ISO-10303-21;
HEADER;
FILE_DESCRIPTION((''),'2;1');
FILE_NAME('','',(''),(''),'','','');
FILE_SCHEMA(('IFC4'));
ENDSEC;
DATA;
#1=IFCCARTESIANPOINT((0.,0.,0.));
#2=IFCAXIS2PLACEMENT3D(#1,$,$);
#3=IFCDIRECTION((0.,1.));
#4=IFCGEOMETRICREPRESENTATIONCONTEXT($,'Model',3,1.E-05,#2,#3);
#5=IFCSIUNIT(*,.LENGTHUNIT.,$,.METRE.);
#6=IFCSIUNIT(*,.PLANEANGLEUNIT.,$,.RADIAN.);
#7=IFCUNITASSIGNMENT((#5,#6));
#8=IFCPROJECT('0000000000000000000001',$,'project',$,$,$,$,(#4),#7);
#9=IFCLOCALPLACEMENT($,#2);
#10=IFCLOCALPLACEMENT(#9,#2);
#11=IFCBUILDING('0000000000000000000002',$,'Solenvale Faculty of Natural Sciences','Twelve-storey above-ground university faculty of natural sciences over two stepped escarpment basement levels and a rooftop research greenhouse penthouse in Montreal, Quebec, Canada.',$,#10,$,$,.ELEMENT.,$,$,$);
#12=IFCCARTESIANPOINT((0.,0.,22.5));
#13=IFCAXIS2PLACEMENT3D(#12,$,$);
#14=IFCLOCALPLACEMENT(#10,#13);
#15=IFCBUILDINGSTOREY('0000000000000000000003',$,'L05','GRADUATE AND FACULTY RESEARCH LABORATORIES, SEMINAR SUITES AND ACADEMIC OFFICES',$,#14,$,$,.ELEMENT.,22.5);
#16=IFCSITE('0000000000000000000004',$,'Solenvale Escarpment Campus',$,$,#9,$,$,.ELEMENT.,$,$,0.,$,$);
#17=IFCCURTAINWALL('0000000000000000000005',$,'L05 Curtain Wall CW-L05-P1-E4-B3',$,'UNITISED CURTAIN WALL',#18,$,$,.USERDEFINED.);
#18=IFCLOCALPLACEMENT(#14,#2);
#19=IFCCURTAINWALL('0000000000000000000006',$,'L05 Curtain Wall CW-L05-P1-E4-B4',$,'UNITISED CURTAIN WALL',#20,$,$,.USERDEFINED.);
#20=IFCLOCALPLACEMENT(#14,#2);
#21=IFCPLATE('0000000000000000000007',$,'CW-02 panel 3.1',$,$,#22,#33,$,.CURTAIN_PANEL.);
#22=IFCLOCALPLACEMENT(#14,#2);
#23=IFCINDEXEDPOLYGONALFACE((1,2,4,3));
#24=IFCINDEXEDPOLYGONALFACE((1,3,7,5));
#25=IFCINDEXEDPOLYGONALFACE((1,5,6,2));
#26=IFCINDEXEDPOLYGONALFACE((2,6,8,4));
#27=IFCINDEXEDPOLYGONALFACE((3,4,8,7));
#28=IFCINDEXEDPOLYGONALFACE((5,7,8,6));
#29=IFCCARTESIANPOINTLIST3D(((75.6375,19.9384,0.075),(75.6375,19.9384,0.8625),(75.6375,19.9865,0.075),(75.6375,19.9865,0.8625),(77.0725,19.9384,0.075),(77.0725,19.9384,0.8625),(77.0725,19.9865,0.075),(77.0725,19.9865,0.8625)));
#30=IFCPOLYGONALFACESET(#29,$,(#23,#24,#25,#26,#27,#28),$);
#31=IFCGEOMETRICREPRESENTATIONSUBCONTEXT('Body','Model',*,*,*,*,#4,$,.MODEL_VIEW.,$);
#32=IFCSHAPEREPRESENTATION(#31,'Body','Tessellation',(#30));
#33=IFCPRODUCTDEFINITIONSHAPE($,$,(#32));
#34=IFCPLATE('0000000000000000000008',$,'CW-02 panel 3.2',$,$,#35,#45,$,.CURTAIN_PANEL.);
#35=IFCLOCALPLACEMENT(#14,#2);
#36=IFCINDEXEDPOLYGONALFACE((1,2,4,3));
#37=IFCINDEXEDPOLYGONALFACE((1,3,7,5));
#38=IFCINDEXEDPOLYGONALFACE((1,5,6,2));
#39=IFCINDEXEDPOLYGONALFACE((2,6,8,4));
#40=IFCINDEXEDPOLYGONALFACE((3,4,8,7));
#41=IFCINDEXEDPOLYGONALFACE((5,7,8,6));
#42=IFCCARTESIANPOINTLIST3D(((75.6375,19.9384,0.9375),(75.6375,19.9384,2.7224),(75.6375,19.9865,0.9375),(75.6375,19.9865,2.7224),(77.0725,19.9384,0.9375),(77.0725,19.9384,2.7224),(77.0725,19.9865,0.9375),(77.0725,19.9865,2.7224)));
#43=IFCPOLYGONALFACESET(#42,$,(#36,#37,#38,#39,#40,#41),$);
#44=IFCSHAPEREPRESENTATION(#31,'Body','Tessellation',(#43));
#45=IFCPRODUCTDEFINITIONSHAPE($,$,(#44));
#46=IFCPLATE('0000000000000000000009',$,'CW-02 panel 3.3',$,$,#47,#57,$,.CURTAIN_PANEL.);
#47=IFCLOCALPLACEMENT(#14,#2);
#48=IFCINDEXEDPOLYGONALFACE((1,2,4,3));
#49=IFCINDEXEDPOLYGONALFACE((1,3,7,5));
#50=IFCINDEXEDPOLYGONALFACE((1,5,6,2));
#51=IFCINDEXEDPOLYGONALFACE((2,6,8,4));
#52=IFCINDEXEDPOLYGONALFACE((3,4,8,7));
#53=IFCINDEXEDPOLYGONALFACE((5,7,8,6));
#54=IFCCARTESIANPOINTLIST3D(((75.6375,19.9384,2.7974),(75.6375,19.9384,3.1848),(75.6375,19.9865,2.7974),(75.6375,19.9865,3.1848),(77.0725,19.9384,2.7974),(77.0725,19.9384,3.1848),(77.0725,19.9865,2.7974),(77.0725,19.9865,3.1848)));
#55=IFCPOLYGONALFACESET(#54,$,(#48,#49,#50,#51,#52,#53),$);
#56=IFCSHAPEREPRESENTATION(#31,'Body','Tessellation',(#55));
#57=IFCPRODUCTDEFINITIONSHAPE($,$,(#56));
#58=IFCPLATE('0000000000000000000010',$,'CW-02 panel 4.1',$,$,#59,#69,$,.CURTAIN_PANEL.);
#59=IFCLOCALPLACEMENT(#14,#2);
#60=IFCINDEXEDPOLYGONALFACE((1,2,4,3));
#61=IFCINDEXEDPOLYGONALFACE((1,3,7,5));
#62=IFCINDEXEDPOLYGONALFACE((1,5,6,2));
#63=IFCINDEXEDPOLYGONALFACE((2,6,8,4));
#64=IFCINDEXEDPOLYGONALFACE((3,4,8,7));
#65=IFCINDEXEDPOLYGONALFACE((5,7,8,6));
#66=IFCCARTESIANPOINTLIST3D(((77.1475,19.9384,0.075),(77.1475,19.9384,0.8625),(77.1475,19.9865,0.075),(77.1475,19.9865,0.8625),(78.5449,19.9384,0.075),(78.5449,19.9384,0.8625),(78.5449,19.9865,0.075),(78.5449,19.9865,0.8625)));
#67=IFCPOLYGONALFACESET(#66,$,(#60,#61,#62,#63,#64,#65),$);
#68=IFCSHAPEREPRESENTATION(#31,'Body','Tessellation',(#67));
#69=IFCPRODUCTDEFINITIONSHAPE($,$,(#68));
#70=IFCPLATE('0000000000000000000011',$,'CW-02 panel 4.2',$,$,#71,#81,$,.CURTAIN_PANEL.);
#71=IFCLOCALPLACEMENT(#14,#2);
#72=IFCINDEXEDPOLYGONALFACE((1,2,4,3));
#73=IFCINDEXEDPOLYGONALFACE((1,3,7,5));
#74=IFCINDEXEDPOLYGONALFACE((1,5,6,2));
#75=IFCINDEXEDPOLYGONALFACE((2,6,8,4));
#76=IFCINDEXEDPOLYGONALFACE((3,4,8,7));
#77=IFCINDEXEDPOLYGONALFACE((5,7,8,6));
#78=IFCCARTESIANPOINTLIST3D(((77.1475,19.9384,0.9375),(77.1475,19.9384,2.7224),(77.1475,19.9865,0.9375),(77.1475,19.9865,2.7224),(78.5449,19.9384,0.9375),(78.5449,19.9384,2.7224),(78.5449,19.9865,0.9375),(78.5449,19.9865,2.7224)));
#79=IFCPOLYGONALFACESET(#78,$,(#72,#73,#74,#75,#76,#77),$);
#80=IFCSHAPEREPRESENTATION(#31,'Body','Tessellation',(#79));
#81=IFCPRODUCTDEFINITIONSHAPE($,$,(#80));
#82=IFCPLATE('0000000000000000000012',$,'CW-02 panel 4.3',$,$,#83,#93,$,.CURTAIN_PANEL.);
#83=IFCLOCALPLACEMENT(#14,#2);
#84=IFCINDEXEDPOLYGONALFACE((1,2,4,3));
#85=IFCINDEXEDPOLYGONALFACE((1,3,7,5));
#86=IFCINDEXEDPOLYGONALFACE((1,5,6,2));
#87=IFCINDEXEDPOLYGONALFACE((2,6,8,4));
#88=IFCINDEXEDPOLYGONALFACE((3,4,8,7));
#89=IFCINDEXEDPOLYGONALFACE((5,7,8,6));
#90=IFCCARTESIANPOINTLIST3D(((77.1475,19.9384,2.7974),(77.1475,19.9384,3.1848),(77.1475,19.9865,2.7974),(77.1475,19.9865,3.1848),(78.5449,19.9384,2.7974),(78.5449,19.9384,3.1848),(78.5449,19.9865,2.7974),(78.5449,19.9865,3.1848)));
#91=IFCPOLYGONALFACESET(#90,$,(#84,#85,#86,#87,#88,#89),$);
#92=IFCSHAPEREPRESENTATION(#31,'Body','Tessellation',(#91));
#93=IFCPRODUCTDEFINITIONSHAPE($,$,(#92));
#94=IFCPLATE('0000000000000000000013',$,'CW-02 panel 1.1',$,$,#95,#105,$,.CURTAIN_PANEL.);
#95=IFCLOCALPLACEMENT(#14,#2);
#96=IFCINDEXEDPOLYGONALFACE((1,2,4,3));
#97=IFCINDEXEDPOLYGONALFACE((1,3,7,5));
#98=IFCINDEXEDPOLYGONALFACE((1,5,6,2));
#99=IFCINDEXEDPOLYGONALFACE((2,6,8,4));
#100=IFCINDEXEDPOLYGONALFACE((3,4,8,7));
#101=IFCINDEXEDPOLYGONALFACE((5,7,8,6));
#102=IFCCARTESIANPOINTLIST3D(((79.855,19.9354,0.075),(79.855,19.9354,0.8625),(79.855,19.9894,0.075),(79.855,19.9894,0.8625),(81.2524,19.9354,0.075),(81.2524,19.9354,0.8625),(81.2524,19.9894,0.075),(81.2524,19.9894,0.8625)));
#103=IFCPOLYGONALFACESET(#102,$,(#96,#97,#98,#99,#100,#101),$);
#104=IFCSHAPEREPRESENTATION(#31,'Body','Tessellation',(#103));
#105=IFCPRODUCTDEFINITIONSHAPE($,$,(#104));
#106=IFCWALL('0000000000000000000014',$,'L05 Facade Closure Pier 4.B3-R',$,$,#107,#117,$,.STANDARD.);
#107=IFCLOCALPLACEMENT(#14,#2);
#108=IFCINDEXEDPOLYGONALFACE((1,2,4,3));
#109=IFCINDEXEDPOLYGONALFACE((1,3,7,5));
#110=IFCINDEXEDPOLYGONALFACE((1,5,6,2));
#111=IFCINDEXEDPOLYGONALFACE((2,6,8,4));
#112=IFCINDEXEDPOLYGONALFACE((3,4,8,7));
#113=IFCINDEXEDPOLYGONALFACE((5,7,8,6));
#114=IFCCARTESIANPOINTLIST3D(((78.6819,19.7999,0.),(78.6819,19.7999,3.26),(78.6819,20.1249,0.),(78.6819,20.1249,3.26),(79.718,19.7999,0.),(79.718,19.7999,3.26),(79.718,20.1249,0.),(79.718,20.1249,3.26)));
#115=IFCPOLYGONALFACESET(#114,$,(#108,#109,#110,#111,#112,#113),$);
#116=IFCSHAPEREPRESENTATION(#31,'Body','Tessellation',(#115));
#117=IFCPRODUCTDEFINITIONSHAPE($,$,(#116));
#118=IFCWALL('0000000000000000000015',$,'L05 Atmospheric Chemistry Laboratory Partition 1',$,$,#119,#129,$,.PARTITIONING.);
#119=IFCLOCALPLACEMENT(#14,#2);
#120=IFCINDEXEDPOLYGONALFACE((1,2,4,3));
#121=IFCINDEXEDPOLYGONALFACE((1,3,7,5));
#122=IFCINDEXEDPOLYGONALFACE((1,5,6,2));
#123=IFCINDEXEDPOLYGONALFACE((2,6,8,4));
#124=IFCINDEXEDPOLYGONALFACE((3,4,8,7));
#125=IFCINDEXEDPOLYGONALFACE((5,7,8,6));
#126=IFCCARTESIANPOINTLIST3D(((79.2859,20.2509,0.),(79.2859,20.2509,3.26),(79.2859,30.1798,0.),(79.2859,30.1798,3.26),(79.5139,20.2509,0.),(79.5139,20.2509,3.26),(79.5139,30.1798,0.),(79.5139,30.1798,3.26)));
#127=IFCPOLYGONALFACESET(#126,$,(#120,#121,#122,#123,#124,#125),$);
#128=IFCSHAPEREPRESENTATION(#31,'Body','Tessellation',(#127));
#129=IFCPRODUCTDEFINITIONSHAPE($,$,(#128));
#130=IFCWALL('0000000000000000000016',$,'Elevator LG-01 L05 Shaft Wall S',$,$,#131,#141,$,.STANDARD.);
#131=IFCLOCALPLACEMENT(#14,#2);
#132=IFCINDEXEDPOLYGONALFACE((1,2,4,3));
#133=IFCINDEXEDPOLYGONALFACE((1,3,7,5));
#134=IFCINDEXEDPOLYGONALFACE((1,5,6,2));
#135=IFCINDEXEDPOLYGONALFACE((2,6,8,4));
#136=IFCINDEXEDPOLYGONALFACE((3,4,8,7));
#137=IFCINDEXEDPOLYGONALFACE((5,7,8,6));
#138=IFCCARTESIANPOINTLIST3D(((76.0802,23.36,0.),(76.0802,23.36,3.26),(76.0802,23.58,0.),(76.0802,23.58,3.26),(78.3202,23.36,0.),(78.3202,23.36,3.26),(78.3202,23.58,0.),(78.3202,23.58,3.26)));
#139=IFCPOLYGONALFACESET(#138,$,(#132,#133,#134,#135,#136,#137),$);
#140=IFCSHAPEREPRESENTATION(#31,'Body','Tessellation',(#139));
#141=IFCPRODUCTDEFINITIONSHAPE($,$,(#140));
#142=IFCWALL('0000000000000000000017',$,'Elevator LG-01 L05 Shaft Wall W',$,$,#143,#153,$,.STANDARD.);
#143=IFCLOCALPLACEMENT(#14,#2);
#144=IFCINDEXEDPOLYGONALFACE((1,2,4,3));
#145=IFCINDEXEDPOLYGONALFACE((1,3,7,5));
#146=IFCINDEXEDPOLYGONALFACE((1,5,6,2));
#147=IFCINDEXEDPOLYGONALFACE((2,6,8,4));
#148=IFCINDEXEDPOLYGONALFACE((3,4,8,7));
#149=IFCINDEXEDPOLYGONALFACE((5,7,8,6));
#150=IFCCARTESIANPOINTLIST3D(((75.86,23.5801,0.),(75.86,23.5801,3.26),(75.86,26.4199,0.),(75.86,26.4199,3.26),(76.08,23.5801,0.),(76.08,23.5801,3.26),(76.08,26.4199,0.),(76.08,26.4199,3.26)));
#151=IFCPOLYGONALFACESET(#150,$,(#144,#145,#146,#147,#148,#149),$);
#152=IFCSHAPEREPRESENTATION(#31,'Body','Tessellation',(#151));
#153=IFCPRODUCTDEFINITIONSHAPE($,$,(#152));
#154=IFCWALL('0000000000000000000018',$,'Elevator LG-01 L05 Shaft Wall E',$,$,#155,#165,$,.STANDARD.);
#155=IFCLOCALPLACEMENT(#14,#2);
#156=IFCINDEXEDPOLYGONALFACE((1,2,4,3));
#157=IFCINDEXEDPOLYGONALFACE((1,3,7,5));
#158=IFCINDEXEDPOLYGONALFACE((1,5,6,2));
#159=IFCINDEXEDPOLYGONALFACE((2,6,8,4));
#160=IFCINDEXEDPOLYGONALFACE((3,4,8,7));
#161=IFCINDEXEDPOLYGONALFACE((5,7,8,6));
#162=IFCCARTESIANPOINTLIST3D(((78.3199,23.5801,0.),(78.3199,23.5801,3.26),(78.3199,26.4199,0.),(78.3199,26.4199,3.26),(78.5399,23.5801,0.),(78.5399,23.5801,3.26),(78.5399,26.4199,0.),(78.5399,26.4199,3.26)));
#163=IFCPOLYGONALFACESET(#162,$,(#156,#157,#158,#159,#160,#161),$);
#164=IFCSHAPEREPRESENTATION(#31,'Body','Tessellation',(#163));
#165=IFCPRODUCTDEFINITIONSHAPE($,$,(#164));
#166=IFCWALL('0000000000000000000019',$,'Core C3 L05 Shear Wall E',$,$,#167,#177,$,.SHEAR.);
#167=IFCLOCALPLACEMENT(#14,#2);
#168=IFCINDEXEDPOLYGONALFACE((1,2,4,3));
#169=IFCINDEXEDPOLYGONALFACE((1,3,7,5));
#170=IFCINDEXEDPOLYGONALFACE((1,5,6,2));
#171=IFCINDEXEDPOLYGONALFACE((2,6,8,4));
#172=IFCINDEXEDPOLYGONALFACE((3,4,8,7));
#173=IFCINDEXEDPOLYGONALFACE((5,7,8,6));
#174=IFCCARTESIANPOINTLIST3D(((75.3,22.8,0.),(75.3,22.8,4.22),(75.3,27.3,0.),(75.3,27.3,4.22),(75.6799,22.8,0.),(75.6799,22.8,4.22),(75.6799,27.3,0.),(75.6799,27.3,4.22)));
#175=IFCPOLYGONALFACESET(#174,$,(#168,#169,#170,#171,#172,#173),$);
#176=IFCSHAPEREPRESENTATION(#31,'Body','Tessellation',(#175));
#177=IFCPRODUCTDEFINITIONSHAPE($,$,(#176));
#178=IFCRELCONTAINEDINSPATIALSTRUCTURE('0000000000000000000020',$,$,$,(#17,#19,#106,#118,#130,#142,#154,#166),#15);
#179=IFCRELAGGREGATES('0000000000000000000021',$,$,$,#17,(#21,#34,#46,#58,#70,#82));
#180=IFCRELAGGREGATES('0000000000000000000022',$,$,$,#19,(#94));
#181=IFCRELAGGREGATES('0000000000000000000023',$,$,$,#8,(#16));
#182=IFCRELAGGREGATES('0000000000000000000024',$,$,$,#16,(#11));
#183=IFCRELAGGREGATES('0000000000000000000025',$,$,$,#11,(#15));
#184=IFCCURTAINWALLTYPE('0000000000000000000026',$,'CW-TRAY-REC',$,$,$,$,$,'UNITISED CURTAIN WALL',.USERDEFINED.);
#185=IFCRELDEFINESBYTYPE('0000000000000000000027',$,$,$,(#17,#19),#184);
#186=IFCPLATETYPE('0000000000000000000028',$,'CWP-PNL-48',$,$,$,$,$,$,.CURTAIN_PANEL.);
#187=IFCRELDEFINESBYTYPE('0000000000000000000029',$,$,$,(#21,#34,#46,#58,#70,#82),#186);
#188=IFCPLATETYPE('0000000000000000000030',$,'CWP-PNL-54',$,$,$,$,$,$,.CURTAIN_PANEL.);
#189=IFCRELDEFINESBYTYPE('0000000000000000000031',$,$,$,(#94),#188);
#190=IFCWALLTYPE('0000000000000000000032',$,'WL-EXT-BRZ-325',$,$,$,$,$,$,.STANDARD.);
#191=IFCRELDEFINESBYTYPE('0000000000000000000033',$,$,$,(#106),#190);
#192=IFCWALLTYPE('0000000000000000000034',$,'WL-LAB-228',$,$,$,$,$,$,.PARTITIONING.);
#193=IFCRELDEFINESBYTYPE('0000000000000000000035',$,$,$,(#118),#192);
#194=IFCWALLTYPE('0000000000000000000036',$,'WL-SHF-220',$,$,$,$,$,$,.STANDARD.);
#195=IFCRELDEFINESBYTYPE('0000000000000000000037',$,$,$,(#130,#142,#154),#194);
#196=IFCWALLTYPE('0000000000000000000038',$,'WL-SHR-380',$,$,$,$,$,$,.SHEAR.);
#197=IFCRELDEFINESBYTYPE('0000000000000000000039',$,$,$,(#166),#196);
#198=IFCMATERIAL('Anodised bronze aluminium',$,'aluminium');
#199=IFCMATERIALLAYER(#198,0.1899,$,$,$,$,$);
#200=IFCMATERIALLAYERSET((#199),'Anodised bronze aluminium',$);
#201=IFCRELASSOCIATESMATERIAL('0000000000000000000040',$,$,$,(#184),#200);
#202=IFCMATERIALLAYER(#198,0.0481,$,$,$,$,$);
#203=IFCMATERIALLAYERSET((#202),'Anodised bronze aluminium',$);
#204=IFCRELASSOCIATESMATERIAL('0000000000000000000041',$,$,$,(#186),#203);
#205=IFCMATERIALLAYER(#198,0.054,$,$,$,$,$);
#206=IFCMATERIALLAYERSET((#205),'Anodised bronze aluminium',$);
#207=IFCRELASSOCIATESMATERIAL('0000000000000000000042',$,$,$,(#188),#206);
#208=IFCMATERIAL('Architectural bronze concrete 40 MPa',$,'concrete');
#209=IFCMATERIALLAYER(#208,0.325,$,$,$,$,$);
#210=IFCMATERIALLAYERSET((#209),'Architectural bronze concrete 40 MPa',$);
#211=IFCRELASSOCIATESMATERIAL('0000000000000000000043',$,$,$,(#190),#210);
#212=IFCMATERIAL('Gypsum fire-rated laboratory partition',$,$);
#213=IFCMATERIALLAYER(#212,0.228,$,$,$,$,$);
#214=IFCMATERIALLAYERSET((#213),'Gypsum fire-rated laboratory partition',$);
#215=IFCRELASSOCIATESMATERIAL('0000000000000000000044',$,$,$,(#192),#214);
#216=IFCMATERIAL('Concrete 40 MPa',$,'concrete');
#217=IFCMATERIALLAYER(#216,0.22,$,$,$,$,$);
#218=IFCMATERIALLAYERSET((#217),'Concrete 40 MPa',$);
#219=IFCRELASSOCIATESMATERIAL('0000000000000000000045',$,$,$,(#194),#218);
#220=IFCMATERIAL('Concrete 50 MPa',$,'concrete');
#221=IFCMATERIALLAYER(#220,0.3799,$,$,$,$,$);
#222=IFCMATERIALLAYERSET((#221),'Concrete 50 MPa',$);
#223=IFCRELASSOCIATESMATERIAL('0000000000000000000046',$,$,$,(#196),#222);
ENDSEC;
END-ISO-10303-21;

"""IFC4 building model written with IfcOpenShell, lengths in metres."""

from ifc_helpers import new_model, si_unit, direction, frame, frame_2d, origin, origin_2d, place, context, subcontext, project, spatial, rectangle, extrude, material, layer, layer_set, type_object, element, aggregate, save


model = new_model("IFC4")

# Units and contexts
model_context = context("Model", 3, precision=1e-05, world=origin(), true_north=direction((0.0, 1.0)))
body_context = subcontext(model_context, "Body", "Model", "MODEL_VIEW")
ifc_project = project(units=[si_unit("LENGTHUNIT", "METRE"), si_unit("PLANEANGLEUNIT", "RADIAN")], contexts=[model_context])

# Site, building, storey
site_placement = place(None, origin())
site = spatial("IfcSite", under=ifc_project, at=site_placement, Name="Solenvale Escarpment Campus", CompositionType="ELEMENT", RefElevation=0.0)
building_placement = place(site_placement, origin())
building = spatial("IfcBuilding", under=site, at=building_placement, Name="Solenvale Faculty of Natural Sciences", Description="Twelve-storey above-ground university faculty of natural sciences over two stepped escarpment basement levels and a rooftop research greenhouse penthouse in Montreal, Quebec, Canada.", CompositionType="ELEMENT")
storey_placement = place(building_placement, frame((0.0, 0.0, 22.5)))
storey = spatial("IfcBuildingStorey", under=building, at=storey_placement, Name="L05", Description="GRADUATE AND FACULTY RESEARCH LABORATORIES, SEMINAR SUITES AND ACADEMIC OFFICES", CompositionType="ELEMENT", Elevation=22.5)

# Shared definitions
ifc_material_1 = material(Name="Concrete 40 MPa", Category="concrete")

# Shared definitions
ifc_material_2 = material(Name="Architectural bronze concrete 40 MPa", Category="concrete")

# Curtain wall
ifc_material_3 = material(Name="Anodised bronze aluminium", Category="aluminium")
ifc_layer_1 = layer(ifc_material_3, 0.1899)
ifc_layer_set_1 = layer_set([ifc_layer_1], Name="Anodised bronze aluminium")
curtain_wall_type = type_object("IfcCurtainWallType", Name="CW-TRAY-REC", ElementType="UNITISED CURTAIN WALL", PredefinedType="USERDEFINED", material=ifc_layer_set_1)
curtain_wall_1_placement = place(storey_placement, origin())
curtain_wall_1 = element("IfcCurtainWall", 1, at=curtain_wall_1_placement, inside=storey, type_object=curtain_wall_type, Name="L05 Curtain Wall CW-L05-P1-E4-B3", ObjectType="UNITISED CURTAIN WALL", PredefinedType="USERDEFINED")

# Curtain wall
curtain_wall_2_placement = place(storey_placement, origin())
curtain_wall_2 = element("IfcCurtainWall", 2, at=curtain_wall_2_placement, inside=storey, type_object=curtain_wall_type, Name="L05 Curtain Wall CW-L05-P1-E4-B4", ObjectType="UNITISED CURTAIN WALL", PredefinedType="USERDEFINED")

# Plates
ifc_layer_2 = layer(ifc_material_3, 0.0481)
ifc_layer_set_2 = layer_set([ifc_layer_2], Name="Anodised bronze aluminium")
plate_type_1 = type_object("IfcPlateType", Name="CWP-PNL-48", PredefinedType="CURTAIN_PANEL", material=ifc_layer_set_2)
plate_1_placement = place(storey_placement, frame((76.355, 19.9624, 0.075), z_axis=(0.0, 0.0, 1.0), x_axis=(1.0, 0.0, 0.0)))
plate_1 = element("IfcPlate", 3, at=plate_1_placement, type_object=plate_type_1, Name="CW-02 panel 3.1", PredefinedType="CURTAIN_PANEL", context=body_context, shape_type="SweptSolid", body=[
    extrude(rectangle(XDim=1.4351, YDim=0.0481, at=origin_2d()), origin(), (0.0, 0.0, 1.0), 0.7876),
])
plate_2_placement = place(storey_placement, frame((76.355, 19.9624, 0.9375), z_axis=(0.0, 0.0, 1.0), x_axis=(1.0, 0.0, 0.0)))
plate_2 = element("IfcPlate", 4, at=plate_2_placement, type_object=plate_type_1, Name="CW-02 panel 3.2", PredefinedType="CURTAIN_PANEL", context=body_context, shape_type="SweptSolid", body=[
    extrude(rectangle(XDim=1.4351, YDim=0.0481, at=origin_2d()), origin(), (0.0, 0.0, 1.0), 1.7849),
])
plate_3_placement = place(storey_placement, frame((76.355, 19.9624, 2.7974), z_axis=(0.0, 0.0, 1.0), x_axis=(1.0, 0.0, 0.0)))
plate_3 = element("IfcPlate", 5, at=plate_3_placement, type_object=plate_type_1, Name="CW-02 panel 3.3", PredefinedType="CURTAIN_PANEL", context=body_context, shape_type="SweptSolid", body=[
    extrude(rectangle(XDim=1.4351, YDim=0.0481, at=origin_2d()), origin(), (0.0, 0.0, 1.0), 0.3875),
])
plate_4_placement = place(storey_placement, frame((77.8462, 19.9624, 0.075), z_axis=(0.0, 0.0, 1.0), x_axis=(1.0, 0.0, 0.0)))
plate_4 = element("IfcPlate", 6, at=plate_4_placement, type_object=plate_type_1, Name="CW-02 panel 4.1", PredefinedType="CURTAIN_PANEL", context=body_context, shape_type="SweptSolid", body=[
    extrude(rectangle(XDim=1.3975, YDim=0.0481, at=origin_2d()), origin(), (0.0, 0.0, 1.0), 0.7876),
])
plate_5_placement = place(storey_placement, frame((77.8462, 19.9624, 0.9375), z_axis=(0.0, 0.0, 1.0), x_axis=(1.0, 0.0, 0.0)))
plate_5 = element("IfcPlate", 7, at=plate_5_placement, type_object=plate_type_1, Name="CW-02 panel 4.2", PredefinedType="CURTAIN_PANEL", context=body_context, shape_type="SweptSolid", body=[
    extrude(rectangle(XDim=1.3975, YDim=0.0481, at=origin_2d()), origin(), (0.0, 0.0, 1.0), 1.7849),
])
plate_6_placement = place(storey_placement, frame((77.8462, 19.9624, 2.7974), z_axis=(0.0, 0.0, 1.0), x_axis=(1.0, 0.0, 0.0)))
plate_6 = element("IfcPlate", 8, at=plate_6_placement, type_object=plate_type_1, Name="CW-02 panel 4.3", PredefinedType="CURTAIN_PANEL", context=body_context, shape_type="SweptSolid", body=[
    extrude(rectangle(XDim=1.3975, YDim=0.0481, at=origin_2d()), origin(), (0.0, 0.0, 1.0), 0.3875),
])
aggregate(curtain_wall_1, [plate_1, plate_2, plate_3, plate_4, plate_5, plate_6])
ifc_layer_3 = layer(ifc_material_3, 0.054)
ifc_layer_set_3 = layer_set([ifc_layer_3], Name="Anodised bronze aluminium")
plate_type_2 = type_object("IfcPlateType", Name="CWP-PNL-54", PredefinedType="CURTAIN_PANEL", material=ifc_layer_set_3)
plate_7_placement = place(storey_placement, frame((80.5537, 19.9624, 0.075), z_axis=(0.0, 0.0, 1.0), x_axis=(1.0, 0.0, 0.0)))
plate_7 = element("IfcPlate", 9, at=plate_7_placement, type_object=plate_type_2, Name="CW-02 panel 1.1", PredefinedType="CURTAIN_PANEL", context=body_context, shape_type="SweptSolid", body=[
    extrude(rectangle(XDim=1.3975, YDim=0.054, at=origin_2d()), origin(), (0.0, 0.0, 1.0), 0.7876),
])
aggregate(curtain_wall_2, [plate_7])

# Walls
ifc_layer_4 = layer(ifc_material_2, 0.325)
ifc_layer_set_4 = layer_set([ifc_layer_4], Name="Architectural bronze concrete 40 MPa")
wall_type_1 = type_object("IfcWallType", Name="WL-EXT-BRZ-325", PredefinedType="STANDARD", material=ifc_layer_set_4)
wall_1_placement = place(storey_placement, frame((78.6819, 19.9624, 0.0), z_axis=(0.0, 0.0, 1.0), x_axis=(1.0, 0.0, 0.0)))
element("IfcWall", 10, at=wall_1_placement, inside=storey, type_object=wall_type_1, Name="L05 Facade Closure Pier 4.B3-R", PredefinedType="STANDARD", context=body_context, shape_type="SweptSolid", body=[
    extrude(rectangle(XDim=1.0361, YDim=0.325, at=frame_2d((0.5181, 0.0))), origin(), (0.0, 0.0, 1.0), 3.26),
])
ifc_material_4 = material(Name="Gypsum fire-rated laboratory partition")
ifc_layer_5 = layer(ifc_material_4, 0.228)
ifc_layer_set_5 = layer_set([ifc_layer_5], Name="Gypsum fire-rated laboratory partition")
wall_type_2 = type_object("IfcWallType", Name="WL-LAB-228", PredefinedType="PARTITIONING", material=ifc_layer_set_5)
wall_2_placement = place(storey_placement, frame((79.3999, 20.251, 0.0), z_axis=(0.0, 0.0, 1.0), x_axis=(0.0, 1.0, 0.0)))
element("IfcWall", 11, at=wall_2_placement, inside=storey, type_object=wall_type_2, Name="L05 Atmospheric Chemistry Laboratory Partition 1", PredefinedType="PARTITIONING", context=body_context, shape_type="SweptSolid", body=[
    extrude(rectangle(XDim=9.929, YDim=0.228, at=frame_2d((4.9644, 0.0))), origin(), (0.0, 0.0, 1.0), 3.26),
])
ifc_layer_6 = layer(ifc_material_1, 0.22)
ifc_layer_set_6 = layer_set([ifc_layer_6], Name="Concrete 40 MPa")
wall_type_3 = type_object("IfcWallType", Name="WL-SHF-220", PredefinedType="STANDARD", material=ifc_layer_set_6)
wall_3_placement = place(storey_placement, frame((76.0801, 23.47, 0.0), z_axis=(0.0, 0.0, 1.0), x_axis=(1.0, 0.0, 0.0)))
element("IfcWall", 12, at=wall_3_placement, inside=storey, type_object=wall_type_3, Name="Elevator LG-01 L05 Shaft Wall S", PredefinedType="STANDARD", context=body_context, shape_type="SweptSolid", body=[
    extrude(rectangle(XDim=2.24, YDim=0.22, at=frame_2d((1.1201, 0.0))), origin(), (0.0, 0.0, 1.0), 3.26),
])
for number, where, z_axis, x_axis, name in (
    (13, (75.97, 23.5801, 0.0), (0.0, 0.0, 1.0), (0.0, 1.0, 0.0), "Elevator LG-01 L05 Shaft Wall W"),
    (14, (78.4299, 23.5801, 0.0), (0.0, 0.0, 1.0), (0.0, 1.0, 0.0), "Elevator LG-01 L05 Shaft Wall E"),
):
    element("IfcWall", number, at=place(storey_placement, frame(where, z_axis=z_axis, x_axis=x_axis)), inside=storey, type_object=wall_type_3, Name=name, PredefinedType="STANDARD", context=body_context, shape_type="SweptSolid", body=[
        extrude(rectangle(XDim=2.8398, YDim=0.22, at=frame_2d((1.4199, 0.0))), origin(), (0.0, 0.0, 1.0), 3.26),
    ])
ifc_material_5 = material(Name="Concrete 50 MPa", Category="concrete")
ifc_layer_7 = layer(ifc_material_5, 0.3799)
ifc_layer_set_7 = layer_set([ifc_layer_7], Name="Concrete 50 MPa")
wall_type_4 = type_object("IfcWallType", Name="WL-SHR-380", PredefinedType="SHEAR", material=ifc_layer_set_7)
wall_4_placement = place(storey_placement, frame((75.49, 22.8, 0.0), z_axis=(0.0, 0.0, 1.0), x_axis=(0.0, 1.0, 0.0)))
element("IfcWall", 15, at=wall_4_placement, inside=storey, type_object=wall_type_4, Name="Core C3 L05 Shear Wall E", PredefinedType="SHEAR", context=body_context, shape_type="SweptSolid", body=[
    extrude(rectangle(XDim=4.5, YDim=0.3799, at=frame_2d((2.25, 0.0))), origin(), (0.0, 0.0, 1.0), 4.22),
])

save(model, "model.ifc")
